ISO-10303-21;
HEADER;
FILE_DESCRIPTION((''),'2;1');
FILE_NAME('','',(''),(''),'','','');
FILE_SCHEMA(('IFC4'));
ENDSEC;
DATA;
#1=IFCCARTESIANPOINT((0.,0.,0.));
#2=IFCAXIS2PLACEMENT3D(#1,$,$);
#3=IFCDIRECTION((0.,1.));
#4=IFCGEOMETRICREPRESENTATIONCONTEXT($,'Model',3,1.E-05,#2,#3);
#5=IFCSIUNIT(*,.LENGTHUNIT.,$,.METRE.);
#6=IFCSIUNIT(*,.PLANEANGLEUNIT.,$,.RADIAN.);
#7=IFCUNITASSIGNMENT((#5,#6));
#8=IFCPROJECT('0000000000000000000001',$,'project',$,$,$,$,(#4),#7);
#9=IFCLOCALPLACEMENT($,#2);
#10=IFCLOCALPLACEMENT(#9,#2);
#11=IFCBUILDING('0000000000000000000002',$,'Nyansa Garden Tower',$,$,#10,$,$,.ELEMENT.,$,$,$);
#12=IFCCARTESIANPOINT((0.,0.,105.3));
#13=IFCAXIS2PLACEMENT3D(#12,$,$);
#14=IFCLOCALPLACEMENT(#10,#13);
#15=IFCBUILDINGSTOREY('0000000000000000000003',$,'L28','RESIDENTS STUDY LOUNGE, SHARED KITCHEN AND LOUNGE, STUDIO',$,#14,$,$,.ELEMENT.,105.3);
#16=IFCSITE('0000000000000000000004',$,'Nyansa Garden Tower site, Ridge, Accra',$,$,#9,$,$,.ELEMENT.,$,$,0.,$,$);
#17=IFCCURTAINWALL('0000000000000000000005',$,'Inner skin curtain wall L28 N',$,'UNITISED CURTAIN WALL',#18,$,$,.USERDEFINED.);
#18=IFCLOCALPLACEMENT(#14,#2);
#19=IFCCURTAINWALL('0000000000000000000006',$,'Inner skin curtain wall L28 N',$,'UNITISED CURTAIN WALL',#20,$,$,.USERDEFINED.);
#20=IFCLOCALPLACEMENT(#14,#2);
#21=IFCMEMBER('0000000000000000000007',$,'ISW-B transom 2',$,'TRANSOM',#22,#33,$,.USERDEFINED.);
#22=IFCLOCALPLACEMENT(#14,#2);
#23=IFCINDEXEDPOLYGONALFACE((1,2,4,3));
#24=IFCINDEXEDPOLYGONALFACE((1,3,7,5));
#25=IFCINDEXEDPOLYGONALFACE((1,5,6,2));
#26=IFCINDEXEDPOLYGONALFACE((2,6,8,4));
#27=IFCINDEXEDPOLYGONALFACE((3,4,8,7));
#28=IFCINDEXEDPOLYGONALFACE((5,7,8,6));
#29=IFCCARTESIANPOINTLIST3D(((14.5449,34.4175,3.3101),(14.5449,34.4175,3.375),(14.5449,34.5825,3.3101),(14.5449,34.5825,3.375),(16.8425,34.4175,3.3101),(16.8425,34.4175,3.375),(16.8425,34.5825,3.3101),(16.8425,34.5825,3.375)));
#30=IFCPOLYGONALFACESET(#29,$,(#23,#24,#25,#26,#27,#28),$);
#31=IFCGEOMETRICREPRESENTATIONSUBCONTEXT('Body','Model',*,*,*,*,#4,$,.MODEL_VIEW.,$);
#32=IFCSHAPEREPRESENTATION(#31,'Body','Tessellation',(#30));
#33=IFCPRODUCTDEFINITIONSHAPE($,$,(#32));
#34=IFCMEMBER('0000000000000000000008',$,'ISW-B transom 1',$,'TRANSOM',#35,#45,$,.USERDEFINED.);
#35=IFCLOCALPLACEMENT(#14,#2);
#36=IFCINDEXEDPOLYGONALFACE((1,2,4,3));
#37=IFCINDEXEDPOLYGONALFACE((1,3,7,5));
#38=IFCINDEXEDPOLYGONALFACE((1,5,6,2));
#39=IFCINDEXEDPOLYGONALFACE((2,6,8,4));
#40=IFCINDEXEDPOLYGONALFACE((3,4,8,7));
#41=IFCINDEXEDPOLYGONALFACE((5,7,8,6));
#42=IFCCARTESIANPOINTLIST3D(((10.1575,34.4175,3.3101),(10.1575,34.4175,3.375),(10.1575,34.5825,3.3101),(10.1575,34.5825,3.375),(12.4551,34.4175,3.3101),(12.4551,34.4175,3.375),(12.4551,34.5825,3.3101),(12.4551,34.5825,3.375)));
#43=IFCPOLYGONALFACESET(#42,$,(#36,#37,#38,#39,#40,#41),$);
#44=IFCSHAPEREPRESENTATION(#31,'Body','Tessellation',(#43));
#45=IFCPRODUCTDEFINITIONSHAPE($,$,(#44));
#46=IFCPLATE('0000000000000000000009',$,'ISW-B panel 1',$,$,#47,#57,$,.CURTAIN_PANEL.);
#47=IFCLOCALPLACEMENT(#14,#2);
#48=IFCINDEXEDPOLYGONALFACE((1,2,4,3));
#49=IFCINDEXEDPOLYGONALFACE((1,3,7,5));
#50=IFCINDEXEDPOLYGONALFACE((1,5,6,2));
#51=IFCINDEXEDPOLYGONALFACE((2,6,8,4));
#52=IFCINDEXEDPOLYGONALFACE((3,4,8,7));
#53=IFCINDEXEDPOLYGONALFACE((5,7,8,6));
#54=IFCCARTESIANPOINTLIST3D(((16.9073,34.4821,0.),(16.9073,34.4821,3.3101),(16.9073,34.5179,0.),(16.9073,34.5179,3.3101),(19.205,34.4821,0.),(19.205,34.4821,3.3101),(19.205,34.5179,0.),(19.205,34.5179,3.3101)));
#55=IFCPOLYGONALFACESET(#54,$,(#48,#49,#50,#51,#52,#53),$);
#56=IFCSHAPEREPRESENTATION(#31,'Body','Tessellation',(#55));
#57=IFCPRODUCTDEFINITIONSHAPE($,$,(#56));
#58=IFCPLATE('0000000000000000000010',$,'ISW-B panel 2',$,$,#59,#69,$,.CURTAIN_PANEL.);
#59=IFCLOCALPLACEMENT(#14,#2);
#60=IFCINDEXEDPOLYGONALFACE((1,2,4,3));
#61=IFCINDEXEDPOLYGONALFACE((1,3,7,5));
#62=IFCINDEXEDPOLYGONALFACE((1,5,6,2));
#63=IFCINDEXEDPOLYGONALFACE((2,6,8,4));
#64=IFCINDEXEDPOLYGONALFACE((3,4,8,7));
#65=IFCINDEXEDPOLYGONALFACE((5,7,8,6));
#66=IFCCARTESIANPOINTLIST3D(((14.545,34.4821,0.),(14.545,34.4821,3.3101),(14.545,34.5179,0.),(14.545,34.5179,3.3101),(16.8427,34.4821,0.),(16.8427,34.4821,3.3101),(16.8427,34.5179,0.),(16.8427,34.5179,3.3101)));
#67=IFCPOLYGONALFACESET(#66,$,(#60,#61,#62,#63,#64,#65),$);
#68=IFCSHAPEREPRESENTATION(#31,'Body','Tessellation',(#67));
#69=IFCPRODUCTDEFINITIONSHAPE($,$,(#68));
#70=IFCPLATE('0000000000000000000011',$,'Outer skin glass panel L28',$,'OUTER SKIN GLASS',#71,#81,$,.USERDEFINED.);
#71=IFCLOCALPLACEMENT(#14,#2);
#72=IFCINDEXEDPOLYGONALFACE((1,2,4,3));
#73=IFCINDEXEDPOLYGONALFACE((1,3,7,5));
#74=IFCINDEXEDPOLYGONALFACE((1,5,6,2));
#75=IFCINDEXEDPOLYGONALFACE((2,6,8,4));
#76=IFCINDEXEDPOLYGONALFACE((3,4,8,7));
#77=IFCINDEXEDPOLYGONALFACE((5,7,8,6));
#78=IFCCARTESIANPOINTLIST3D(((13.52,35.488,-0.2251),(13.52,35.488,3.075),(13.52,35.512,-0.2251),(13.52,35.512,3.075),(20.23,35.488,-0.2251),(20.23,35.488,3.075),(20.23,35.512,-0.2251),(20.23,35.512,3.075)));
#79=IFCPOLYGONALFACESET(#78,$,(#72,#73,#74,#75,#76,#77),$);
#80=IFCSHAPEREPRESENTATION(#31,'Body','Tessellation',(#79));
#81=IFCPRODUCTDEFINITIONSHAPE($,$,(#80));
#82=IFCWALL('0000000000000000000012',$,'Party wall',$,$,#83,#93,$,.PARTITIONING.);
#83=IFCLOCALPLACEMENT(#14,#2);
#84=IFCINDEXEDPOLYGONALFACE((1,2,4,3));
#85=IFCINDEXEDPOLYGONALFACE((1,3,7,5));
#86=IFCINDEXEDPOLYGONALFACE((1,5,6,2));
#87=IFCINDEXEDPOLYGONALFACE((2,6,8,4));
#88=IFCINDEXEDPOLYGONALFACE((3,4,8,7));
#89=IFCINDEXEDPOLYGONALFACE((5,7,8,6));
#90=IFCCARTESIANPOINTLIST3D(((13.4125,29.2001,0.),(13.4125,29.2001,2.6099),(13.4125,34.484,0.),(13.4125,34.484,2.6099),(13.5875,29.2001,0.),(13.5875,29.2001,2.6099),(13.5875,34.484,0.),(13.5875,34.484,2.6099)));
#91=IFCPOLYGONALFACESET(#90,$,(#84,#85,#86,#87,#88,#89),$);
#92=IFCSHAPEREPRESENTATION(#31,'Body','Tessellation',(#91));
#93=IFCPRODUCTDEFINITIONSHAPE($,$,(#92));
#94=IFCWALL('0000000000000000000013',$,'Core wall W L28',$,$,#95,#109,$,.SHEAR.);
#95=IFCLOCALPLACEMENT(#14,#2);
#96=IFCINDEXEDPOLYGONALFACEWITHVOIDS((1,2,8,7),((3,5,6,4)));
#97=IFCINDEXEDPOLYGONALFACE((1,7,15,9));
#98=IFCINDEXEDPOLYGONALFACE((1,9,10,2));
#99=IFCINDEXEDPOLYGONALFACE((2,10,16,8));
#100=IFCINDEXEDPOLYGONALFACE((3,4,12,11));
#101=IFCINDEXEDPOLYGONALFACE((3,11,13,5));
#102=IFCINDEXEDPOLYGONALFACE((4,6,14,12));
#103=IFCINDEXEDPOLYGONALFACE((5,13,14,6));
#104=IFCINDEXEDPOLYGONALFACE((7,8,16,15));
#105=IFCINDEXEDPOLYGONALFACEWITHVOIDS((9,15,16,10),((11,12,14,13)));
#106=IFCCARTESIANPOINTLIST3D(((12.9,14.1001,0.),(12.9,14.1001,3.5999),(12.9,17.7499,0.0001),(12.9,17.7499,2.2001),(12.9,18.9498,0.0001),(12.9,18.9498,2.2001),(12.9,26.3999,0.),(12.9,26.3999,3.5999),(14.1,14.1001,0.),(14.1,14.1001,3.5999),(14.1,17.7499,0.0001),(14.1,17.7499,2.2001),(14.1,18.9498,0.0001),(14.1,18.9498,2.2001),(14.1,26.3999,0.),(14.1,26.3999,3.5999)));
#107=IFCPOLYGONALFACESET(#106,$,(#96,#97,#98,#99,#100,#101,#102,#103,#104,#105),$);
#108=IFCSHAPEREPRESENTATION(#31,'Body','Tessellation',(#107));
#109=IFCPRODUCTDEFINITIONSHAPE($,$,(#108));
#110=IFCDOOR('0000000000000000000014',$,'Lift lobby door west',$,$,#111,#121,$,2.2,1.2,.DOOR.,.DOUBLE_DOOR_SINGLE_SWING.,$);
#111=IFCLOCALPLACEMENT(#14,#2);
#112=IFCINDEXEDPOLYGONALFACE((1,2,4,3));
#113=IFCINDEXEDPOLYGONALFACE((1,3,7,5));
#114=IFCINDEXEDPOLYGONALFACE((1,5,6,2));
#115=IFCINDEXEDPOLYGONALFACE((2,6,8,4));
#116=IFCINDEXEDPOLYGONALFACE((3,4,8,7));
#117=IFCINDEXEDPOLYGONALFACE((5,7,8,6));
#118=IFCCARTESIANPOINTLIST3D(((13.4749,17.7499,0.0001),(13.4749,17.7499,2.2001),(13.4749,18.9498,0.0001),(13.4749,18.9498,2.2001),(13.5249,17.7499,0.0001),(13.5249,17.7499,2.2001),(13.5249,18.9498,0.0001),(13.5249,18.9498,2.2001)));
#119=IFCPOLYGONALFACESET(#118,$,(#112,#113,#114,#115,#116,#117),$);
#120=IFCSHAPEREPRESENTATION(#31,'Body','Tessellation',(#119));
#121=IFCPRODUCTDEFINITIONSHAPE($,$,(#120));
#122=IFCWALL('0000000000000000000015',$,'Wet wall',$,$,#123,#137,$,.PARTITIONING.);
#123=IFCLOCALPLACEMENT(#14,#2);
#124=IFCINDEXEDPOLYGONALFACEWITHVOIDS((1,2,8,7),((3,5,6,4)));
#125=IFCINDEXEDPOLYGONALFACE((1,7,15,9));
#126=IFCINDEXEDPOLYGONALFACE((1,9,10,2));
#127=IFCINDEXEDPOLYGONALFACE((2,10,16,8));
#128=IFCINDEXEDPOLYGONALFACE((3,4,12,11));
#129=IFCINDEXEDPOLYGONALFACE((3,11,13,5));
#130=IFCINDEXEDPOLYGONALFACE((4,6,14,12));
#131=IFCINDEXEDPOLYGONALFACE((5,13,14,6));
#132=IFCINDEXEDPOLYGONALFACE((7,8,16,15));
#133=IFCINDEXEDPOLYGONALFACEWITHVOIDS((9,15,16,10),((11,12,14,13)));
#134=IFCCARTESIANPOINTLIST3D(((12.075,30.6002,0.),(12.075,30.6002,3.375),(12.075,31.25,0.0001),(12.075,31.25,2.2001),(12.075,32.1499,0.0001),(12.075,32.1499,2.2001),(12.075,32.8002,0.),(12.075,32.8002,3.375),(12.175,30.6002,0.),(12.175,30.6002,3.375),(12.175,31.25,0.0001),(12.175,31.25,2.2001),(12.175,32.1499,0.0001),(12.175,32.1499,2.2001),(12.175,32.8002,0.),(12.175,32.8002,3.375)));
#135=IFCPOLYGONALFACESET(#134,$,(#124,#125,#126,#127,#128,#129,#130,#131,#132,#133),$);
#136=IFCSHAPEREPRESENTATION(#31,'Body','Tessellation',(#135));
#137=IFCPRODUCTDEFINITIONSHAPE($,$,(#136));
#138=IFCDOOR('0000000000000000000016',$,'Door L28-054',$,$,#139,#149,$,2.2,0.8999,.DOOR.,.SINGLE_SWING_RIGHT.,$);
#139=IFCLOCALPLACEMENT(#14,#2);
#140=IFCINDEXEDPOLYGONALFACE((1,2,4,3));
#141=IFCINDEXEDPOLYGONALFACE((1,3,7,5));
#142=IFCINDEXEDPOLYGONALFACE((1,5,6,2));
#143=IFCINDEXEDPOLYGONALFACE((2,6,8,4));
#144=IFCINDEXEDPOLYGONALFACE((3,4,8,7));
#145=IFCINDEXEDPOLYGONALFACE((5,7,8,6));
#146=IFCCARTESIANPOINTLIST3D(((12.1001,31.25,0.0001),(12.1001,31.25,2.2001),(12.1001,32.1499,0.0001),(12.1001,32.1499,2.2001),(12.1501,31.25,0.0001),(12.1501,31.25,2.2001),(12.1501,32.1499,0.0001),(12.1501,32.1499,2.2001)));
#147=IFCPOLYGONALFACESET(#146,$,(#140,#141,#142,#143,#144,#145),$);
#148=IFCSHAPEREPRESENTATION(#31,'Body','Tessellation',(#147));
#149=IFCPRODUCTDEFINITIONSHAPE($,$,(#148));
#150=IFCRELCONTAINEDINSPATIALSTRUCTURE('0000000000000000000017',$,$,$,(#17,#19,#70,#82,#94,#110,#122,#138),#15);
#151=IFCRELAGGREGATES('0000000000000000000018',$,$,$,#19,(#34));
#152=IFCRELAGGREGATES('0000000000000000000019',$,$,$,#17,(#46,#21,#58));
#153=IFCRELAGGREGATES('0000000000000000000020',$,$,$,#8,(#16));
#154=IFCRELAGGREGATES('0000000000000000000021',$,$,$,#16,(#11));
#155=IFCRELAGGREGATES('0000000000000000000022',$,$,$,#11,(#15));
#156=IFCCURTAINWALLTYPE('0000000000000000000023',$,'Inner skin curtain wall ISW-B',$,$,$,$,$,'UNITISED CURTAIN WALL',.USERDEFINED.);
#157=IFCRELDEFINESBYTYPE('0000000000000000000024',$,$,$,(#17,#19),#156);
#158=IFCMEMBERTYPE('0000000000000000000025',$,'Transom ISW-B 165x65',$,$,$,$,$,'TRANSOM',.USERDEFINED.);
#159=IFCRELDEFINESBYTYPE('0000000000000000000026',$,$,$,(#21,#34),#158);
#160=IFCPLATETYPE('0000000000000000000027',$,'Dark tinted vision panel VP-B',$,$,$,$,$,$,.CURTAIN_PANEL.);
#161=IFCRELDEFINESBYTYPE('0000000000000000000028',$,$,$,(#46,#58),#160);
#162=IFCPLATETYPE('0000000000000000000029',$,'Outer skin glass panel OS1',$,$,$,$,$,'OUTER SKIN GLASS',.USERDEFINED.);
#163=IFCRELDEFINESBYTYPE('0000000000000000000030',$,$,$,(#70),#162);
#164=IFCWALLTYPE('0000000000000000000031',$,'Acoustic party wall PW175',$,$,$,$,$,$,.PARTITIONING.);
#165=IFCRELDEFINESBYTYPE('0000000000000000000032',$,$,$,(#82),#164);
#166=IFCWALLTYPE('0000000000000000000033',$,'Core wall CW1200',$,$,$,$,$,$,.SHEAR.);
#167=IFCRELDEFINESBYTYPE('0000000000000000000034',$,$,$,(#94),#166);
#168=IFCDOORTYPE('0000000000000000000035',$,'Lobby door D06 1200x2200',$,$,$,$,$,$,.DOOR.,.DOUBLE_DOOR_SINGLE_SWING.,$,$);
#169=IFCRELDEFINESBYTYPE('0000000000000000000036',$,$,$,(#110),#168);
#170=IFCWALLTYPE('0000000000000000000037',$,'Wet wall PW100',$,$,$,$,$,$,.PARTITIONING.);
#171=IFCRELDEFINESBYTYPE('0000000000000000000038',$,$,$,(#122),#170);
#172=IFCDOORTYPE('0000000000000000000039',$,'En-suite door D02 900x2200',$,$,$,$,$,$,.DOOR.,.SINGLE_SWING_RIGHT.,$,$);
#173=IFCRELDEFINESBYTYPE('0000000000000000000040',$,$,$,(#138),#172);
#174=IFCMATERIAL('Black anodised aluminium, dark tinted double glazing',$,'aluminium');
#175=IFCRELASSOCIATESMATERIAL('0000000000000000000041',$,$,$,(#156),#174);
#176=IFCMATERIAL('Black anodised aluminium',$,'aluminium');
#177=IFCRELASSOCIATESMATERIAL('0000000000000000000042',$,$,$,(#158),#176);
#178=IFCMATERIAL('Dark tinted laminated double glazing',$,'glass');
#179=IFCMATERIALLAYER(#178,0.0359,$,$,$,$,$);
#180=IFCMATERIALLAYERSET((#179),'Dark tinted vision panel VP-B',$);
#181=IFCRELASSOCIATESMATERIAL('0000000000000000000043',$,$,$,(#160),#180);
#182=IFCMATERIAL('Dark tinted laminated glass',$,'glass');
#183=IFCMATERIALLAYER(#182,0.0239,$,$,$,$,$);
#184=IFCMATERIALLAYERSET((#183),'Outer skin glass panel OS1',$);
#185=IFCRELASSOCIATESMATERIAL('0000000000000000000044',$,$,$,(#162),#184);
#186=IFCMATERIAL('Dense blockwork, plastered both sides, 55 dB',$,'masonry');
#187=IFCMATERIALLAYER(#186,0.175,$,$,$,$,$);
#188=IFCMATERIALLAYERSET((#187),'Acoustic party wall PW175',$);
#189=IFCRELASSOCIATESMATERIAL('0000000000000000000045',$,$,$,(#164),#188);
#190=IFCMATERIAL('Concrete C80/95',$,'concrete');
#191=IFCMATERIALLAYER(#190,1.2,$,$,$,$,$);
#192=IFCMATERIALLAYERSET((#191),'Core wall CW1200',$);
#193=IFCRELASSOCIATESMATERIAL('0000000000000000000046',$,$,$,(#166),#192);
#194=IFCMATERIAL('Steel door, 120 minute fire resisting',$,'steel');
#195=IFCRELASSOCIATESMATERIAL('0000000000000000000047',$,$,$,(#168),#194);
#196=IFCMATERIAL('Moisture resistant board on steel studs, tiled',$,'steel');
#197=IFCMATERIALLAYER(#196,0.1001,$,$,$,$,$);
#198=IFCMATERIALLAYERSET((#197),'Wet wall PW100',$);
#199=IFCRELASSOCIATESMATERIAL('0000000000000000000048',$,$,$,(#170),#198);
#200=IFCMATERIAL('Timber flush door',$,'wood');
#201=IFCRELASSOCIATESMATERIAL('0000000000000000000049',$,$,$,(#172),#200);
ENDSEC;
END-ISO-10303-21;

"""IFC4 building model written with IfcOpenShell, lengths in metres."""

from ifc_helpers import new_model, si_unit, direction, frame, frame_2d, origin, origin_2d, place, context, subcontext, project, spatial, rectangle, extrude, material, layer, layer_set, material_profile, profile_set, type_object, element, fill, aggregate, save


model = new_model("IFC4")

# Units and contexts
model_context = context("Model", 3, precision=1e-05, world=origin(), true_north=direction((0.0, 1.0)))
body_context = subcontext(model_context, "Body", "Model", "MODEL_VIEW")
ifc_project = project(units=[si_unit("LENGTHUNIT", "METRE"), si_unit("PLANEANGLEUNIT", "RADIAN")], contexts=[model_context])

# Site, building, storey
site_placement = place(None, origin())
site = spatial("IfcSite", under=ifc_project, at=site_placement, Name="Nyansa Garden Tower site, Ridge, Accra", CompositionType="ELEMENT", RefElevation=0.0)
building_placement = place(site_placement, origin())
building = spatial("IfcBuilding", under=site, at=building_placement, Name="Nyansa Garden Tower", CompositionType="ELEMENT")
storey_placement = place(building_placement, frame((0.0, 0.0, 105.3)))
storey = spatial("IfcBuildingStorey", under=building, at=storey_placement, Name="L28", Description="RESIDENTS STUDY LOUNGE, SHARED KITCHEN AND LOUNGE, STUDIO", CompositionType="ELEMENT", Elevation=105.3)

# Curtain wall
ifc_material_1 = material(Name="Black anodised aluminium, dark tinted double glazing", Category="aluminium")
curtain_wall_type = type_object("IfcCurtainWallType", Name="Inner skin curtain wall ISW-B", ElementType="UNITISED CURTAIN WALL", PredefinedType="USERDEFINED", material=ifc_material_1)
curtain_wall_1_placement = place(storey_placement, origin())
curtain_wall_1 = element("IfcCurtainWall", 1, at=curtain_wall_1_placement, inside=storey, type_object=curtain_wall_type, Name="Inner skin curtain wall L28 N", ObjectType="UNITISED CURTAIN WALL", PredefinedType="USERDEFINED")

# Curtain wall
curtain_wall_2_placement = place(storey_placement, origin())
curtain_wall_2 = element("IfcCurtainWall", 2, at=curtain_wall_2_placement, inside=storey, type_object=curtain_wall_type, Name="Inner skin curtain wall L28 N", ObjectType="UNITISED CURTAIN WALL", PredefinedType="USERDEFINED")

# Members
ifc_material_2 = material(Name="Black anodised aluminium", Category="aluminium")
ifc_material_profile_1 = material_profile(ifc_material_2, rectangle(XDim=0.165, YDim=0.0649, at=origin_2d()), Name="Transom 165x65")
ifc_profile_set_1 = profile_set([ifc_material_profile_1], Name="Black anodised aluminium")
member_type_1 = type_object("IfcMemberType", Name="Transom ISW-B 165x65", ElementType="TRANSOM", PredefinedType="USERDEFINED", material=ifc_profile_set_1)
member_1_placement = place(storey_placement, frame((16.8425, 34.5, 3.3425), z_axis=(-1.0, 0.0, 0.0), x_axis=(0.0, -1.0, 0.0)))
member_1 = element("IfcMember", 3, at=member_1_placement, type_object=member_type_1, Name="ISW-B transom 2", ObjectType="TRANSOM", PredefinedType="USERDEFINED", context=body_context, shape_type="SweptSolid", body=[
    extrude(rectangle(XDim=0.165, YDim=0.0649, at=origin_2d()), origin(), (0.0, 0.0, 1.0), 2.2976),
])
member_2_placement = place(storey_placement, frame((12.4551, 34.5, 3.3425), z_axis=(-1.0, 0.0, 0.0), x_axis=(0.0, -1.0, 0.0)))
member_2 = element("IfcMember", 4, at=member_2_placement, type_object=member_type_1, Name="ISW-B transom 1", ObjectType="TRANSOM", PredefinedType="USERDEFINED", context=body_context, shape_type="SweptSolid", body=[
    extrude(rectangle(XDim=0.165, YDim=0.0649, at=origin_2d()), origin(), (0.0, 0.0, 1.0), 2.2976),
])
aggregate(curtain_wall_2, [member_2])

# Plates
ifc_material_3 = material(Name="Dark tinted laminated double glazing", Category="glass")
ifc_layer_1 = layer(ifc_material_3, 0.0359)
ifc_layer_set_1 = layer_set([ifc_layer_1], Name="Dark tinted vision panel VP-B")
plate_type_1 = type_object("IfcPlateType", Name="Dark tinted vision panel VP-B", PredefinedType="CURTAIN_PANEL", material=ifc_layer_set_1)
plate_1_placement = place(storey_placement, frame((18.0562, 34.5, 0.0), z_axis=(0.0, 0.0, 1.0), x_axis=(-1.0, 0.0, 0.0)))
plate_1 = element("IfcPlate", 5, at=plate_1_placement, type_object=plate_type_1, Name="ISW-B panel 1", PredefinedType="CURTAIN_PANEL", context=body_context, shape_type="SweptSolid", body=[
    extrude(rectangle(XDim=2.2976, YDim=0.0359, at=origin_2d()), origin(), (0.0, 0.0, 1.0), 3.3101),
])
plate_2_placement = place(storey_placement, frame((15.6938, 34.5, 0.0), z_axis=(0.0, 0.0, 1.0), x_axis=(-1.0, 0.0, 0.0)))
plate_2 = element("IfcPlate", 6, at=plate_2_placement, type_object=plate_type_1, Name="ISW-B panel 2", PredefinedType="CURTAIN_PANEL", context=body_context, shape_type="SweptSolid", body=[
    extrude(rectangle(XDim=2.2976, YDim=0.0359, at=origin_2d()), origin(), (0.0, 0.0, 1.0), 3.3101),
])
aggregate(curtain_wall_1, [plate_1, member_1, plate_2])
ifc_material_4 = material(Name="Dark tinted laminated glass", Category="glass")
ifc_layer_2 = layer(ifc_material_4, 0.0239)
ifc_layer_set_2 = layer_set([ifc_layer_2], Name="Outer skin glass panel OS1")
plate_type_2 = type_object("IfcPlateType", Name="Outer skin glass panel OS1", ElementType="OUTER SKIN GLASS", PredefinedType="USERDEFINED", material=ifc_layer_set_2)
plate_3_placement = place(storey_placement, frame((16.875, 35.5, -0.2251), z_axis=(0.0, 0.0, 1.0), x_axis=(1.0, 0.0, 0.0)))
element("IfcPlate", 7, at=plate_3_placement, inside=storey, type_object=plate_type_2, Name="Outer skin glass panel L28", ObjectType="OUTER SKIN GLASS", PredefinedType="USERDEFINED", context=body_context, shape_type="SweptSolid", body=[
    extrude(rectangle(XDim=6.71, YDim=0.0239, at=origin_2d()), origin(), (0.0, 0.0, 1.0), 3.3),
])

# Wall
ifc_material_5 = material(Name="Dense blockwork, plastered both sides, 55 dB", Category="masonry")
ifc_layer_3 = layer(ifc_material_5, 0.175)
ifc_layer_set_3 = layer_set([ifc_layer_3], Name="Acoustic party wall PW175")
wall_type_1 = type_object("IfcWallType", Name="Acoustic party wall PW175", PredefinedType="PARTITIONING", material=ifc_layer_set_3)
wall_1_placement = place(storey_placement, frame((13.5, 29.2, 0.0), z_axis=(0.0, 0.0, 1.0), x_axis=(0.0, 1.0, 0.0)))
element("IfcWall", 8, at=wall_1_placement, inside=storey, type_object=wall_type_1, Name="Party wall", PredefinedType="PARTITIONING", context=body_context, shape_type="SweptSolid", body=[
    extrude(rectangle(XDim=5.2839, YDim=0.175, at=frame_2d((2.6421, 0.0))), origin(), (0.0, 0.0, 1.0), 2.6099),
])

# Walls, openings, doors
ifc_material_6 = material(Name="Concrete C80/95", Category="concrete")
ifc_layer_4 = layer(ifc_material_6, 1.2)
ifc_layer_set_4 = layer_set([ifc_layer_4], Name="Core wall CW1200")
wall_type_2 = type_object("IfcWallType", Name="Core wall CW1200", PredefinedType="SHEAR", material=ifc_layer_set_4)
wall_2_placement = place(storey_placement, frame((13.5, 26.3999, 0.0), z_axis=(0.0, 0.0, 1.0), x_axis=(0.0, -1.0, 0.0)))
wall_2 = element("IfcWall", 9, at=wall_2_placement, inside=storey, type_object=wall_type_2, Name="Core wall W L28", PredefinedType="SHEAR", context=body_context, shape_type="SweptSolid", body=[
    extrude(rectangle(XDim=12.2998, YDim=1.2, at=frame_2d((6.1499, 0.0))), origin(), (0.0, 0.0, 1.0), 3.5999),
])
opening_1_placement = place(wall_2_placement, frame((7.45, 0.0, 0.0)))
opening_1 = element("IfcOpeningElement", 10, at=opening_1_placement, cuts=wall_2, PredefinedType="OPENING", context=body_context, shape_type="SweptSolid", body=[
    extrude(rectangle(XDim=1.2, YDim=2.2, at=frame_2d((0.6001, 1.1001))), frame((0.0, 0.6099, 0.0), z_axis=(0.0, -1.0, 0.0), x_axis=(1.0, 0.0, 0.0)), (0.0, 0.0, 1.0), 1.22),
])
ifc_material_7 = material(Name="Steel door, 120 minute fire resisting", Category="steel")
door_type_1 = type_object("IfcDoorType", Name="Lobby door D06 1200x2200", OperationType="DOUBLE_DOOR_SINGLE_SWING", PredefinedType="DOOR", material=ifc_material_7)
door_1_placement = place(opening_1_placement, origin())
door_1 = element("IfcDoor", 11, at=door_1_placement, inside=storey, type_object=door_type_1, Name="Lift lobby door west", OperationType="DOUBLE_DOOR_SINGLE_SWING", OverallHeight=2.2, OverallWidth=1.2, PredefinedType="DOOR", context=body_context, shape_type="SweptSolid", body=[
    extrude(rectangle(XDim=1.2, YDim=2.2, at=frame_2d((0.6001, 1.1001))), frame((0.0, 0.0249, 0.0), z_axis=(0.0, -1.0, 0.0), x_axis=(1.0, 0.0, 0.0)), (0.0, 0.0, 1.0), 0.05),
])
fill(opening_1, door_1)
ifc_material_8 = material(Name="Moisture resistant board on steel studs, tiled", Category="steel")
ifc_layer_5 = layer(ifc_material_8, 0.1001)
ifc_layer_set_5 = layer_set([ifc_layer_5], Name="Wet wall PW100")
wall_type_3 = type_object("IfcWallType", Name="Wet wall PW100", PredefinedType="PARTITIONING", material=ifc_layer_set_5)
wall_3_placement = place(storey_placement, frame((12.125, 30.6001, 0.0), z_axis=(0.0, 0.0, 1.0), x_axis=(0.0, 1.0, 0.0)))
wall_3 = element("IfcWall", 12, at=wall_3_placement, inside=storey, type_object=wall_type_3, Name="Wet wall", PredefinedType="PARTITIONING", context=body_context, shape_type="SweptSolid", body=[
    extrude(rectangle(XDim=2.2, YDim=0.1001, at=frame_2d((1.1001, 0.0))), origin(), (0.0, 0.0, 1.0), 3.375),
])
opening_2_placement = place(wall_3_placement, frame((0.6499, 0.0, 0.0)))
opening_2 = element("IfcOpeningElement", 13, at=opening_2_placement, cuts=wall_3, PredefinedType="OPENING", context=body_context, shape_type="SweptSolid", body=[
    extrude(rectangle(XDim=0.8999, YDim=2.2, at=frame_2d((0.45, 1.1001))), frame((0.0, 0.0601, 0.0), z_axis=(0.0, -1.0, 0.0), x_axis=(1.0, 0.0, 0.0)), (0.0, 0.0, 1.0), 0.1201),
])
ifc_material_9 = material(Name="Timber flush door", Category="wood")
door_type_2 = type_object("IfcDoorType", Name="En-suite door D02 900x2200", OperationType="SINGLE_SWING_RIGHT", PredefinedType="DOOR", material=ifc_material_9)
door_2_placement = place(opening_2_placement, origin())
door_2 = element("IfcDoor", 14, at=door_2_placement, inside=storey, type_object=door_type_2, Name="Door L28-054", OperationType="SINGLE_SWING_RIGHT", OverallHeight=2.2, OverallWidth=0.8999, PredefinedType="DOOR", context=body_context, shape_type="SweptSolid", body=[
    extrude(rectangle(XDim=0.8999, YDim=2.2, at=frame_2d((0.45, 1.1001))), frame((0.0, 0.0249, 0.0), z_axis=(0.0, -1.0, 0.0), x_axis=(1.0, 0.0, 0.0)), (0.0, 0.0, 1.0), 0.05),
])
fill(opening_2, door_2)

save(model, "model.ifc")
